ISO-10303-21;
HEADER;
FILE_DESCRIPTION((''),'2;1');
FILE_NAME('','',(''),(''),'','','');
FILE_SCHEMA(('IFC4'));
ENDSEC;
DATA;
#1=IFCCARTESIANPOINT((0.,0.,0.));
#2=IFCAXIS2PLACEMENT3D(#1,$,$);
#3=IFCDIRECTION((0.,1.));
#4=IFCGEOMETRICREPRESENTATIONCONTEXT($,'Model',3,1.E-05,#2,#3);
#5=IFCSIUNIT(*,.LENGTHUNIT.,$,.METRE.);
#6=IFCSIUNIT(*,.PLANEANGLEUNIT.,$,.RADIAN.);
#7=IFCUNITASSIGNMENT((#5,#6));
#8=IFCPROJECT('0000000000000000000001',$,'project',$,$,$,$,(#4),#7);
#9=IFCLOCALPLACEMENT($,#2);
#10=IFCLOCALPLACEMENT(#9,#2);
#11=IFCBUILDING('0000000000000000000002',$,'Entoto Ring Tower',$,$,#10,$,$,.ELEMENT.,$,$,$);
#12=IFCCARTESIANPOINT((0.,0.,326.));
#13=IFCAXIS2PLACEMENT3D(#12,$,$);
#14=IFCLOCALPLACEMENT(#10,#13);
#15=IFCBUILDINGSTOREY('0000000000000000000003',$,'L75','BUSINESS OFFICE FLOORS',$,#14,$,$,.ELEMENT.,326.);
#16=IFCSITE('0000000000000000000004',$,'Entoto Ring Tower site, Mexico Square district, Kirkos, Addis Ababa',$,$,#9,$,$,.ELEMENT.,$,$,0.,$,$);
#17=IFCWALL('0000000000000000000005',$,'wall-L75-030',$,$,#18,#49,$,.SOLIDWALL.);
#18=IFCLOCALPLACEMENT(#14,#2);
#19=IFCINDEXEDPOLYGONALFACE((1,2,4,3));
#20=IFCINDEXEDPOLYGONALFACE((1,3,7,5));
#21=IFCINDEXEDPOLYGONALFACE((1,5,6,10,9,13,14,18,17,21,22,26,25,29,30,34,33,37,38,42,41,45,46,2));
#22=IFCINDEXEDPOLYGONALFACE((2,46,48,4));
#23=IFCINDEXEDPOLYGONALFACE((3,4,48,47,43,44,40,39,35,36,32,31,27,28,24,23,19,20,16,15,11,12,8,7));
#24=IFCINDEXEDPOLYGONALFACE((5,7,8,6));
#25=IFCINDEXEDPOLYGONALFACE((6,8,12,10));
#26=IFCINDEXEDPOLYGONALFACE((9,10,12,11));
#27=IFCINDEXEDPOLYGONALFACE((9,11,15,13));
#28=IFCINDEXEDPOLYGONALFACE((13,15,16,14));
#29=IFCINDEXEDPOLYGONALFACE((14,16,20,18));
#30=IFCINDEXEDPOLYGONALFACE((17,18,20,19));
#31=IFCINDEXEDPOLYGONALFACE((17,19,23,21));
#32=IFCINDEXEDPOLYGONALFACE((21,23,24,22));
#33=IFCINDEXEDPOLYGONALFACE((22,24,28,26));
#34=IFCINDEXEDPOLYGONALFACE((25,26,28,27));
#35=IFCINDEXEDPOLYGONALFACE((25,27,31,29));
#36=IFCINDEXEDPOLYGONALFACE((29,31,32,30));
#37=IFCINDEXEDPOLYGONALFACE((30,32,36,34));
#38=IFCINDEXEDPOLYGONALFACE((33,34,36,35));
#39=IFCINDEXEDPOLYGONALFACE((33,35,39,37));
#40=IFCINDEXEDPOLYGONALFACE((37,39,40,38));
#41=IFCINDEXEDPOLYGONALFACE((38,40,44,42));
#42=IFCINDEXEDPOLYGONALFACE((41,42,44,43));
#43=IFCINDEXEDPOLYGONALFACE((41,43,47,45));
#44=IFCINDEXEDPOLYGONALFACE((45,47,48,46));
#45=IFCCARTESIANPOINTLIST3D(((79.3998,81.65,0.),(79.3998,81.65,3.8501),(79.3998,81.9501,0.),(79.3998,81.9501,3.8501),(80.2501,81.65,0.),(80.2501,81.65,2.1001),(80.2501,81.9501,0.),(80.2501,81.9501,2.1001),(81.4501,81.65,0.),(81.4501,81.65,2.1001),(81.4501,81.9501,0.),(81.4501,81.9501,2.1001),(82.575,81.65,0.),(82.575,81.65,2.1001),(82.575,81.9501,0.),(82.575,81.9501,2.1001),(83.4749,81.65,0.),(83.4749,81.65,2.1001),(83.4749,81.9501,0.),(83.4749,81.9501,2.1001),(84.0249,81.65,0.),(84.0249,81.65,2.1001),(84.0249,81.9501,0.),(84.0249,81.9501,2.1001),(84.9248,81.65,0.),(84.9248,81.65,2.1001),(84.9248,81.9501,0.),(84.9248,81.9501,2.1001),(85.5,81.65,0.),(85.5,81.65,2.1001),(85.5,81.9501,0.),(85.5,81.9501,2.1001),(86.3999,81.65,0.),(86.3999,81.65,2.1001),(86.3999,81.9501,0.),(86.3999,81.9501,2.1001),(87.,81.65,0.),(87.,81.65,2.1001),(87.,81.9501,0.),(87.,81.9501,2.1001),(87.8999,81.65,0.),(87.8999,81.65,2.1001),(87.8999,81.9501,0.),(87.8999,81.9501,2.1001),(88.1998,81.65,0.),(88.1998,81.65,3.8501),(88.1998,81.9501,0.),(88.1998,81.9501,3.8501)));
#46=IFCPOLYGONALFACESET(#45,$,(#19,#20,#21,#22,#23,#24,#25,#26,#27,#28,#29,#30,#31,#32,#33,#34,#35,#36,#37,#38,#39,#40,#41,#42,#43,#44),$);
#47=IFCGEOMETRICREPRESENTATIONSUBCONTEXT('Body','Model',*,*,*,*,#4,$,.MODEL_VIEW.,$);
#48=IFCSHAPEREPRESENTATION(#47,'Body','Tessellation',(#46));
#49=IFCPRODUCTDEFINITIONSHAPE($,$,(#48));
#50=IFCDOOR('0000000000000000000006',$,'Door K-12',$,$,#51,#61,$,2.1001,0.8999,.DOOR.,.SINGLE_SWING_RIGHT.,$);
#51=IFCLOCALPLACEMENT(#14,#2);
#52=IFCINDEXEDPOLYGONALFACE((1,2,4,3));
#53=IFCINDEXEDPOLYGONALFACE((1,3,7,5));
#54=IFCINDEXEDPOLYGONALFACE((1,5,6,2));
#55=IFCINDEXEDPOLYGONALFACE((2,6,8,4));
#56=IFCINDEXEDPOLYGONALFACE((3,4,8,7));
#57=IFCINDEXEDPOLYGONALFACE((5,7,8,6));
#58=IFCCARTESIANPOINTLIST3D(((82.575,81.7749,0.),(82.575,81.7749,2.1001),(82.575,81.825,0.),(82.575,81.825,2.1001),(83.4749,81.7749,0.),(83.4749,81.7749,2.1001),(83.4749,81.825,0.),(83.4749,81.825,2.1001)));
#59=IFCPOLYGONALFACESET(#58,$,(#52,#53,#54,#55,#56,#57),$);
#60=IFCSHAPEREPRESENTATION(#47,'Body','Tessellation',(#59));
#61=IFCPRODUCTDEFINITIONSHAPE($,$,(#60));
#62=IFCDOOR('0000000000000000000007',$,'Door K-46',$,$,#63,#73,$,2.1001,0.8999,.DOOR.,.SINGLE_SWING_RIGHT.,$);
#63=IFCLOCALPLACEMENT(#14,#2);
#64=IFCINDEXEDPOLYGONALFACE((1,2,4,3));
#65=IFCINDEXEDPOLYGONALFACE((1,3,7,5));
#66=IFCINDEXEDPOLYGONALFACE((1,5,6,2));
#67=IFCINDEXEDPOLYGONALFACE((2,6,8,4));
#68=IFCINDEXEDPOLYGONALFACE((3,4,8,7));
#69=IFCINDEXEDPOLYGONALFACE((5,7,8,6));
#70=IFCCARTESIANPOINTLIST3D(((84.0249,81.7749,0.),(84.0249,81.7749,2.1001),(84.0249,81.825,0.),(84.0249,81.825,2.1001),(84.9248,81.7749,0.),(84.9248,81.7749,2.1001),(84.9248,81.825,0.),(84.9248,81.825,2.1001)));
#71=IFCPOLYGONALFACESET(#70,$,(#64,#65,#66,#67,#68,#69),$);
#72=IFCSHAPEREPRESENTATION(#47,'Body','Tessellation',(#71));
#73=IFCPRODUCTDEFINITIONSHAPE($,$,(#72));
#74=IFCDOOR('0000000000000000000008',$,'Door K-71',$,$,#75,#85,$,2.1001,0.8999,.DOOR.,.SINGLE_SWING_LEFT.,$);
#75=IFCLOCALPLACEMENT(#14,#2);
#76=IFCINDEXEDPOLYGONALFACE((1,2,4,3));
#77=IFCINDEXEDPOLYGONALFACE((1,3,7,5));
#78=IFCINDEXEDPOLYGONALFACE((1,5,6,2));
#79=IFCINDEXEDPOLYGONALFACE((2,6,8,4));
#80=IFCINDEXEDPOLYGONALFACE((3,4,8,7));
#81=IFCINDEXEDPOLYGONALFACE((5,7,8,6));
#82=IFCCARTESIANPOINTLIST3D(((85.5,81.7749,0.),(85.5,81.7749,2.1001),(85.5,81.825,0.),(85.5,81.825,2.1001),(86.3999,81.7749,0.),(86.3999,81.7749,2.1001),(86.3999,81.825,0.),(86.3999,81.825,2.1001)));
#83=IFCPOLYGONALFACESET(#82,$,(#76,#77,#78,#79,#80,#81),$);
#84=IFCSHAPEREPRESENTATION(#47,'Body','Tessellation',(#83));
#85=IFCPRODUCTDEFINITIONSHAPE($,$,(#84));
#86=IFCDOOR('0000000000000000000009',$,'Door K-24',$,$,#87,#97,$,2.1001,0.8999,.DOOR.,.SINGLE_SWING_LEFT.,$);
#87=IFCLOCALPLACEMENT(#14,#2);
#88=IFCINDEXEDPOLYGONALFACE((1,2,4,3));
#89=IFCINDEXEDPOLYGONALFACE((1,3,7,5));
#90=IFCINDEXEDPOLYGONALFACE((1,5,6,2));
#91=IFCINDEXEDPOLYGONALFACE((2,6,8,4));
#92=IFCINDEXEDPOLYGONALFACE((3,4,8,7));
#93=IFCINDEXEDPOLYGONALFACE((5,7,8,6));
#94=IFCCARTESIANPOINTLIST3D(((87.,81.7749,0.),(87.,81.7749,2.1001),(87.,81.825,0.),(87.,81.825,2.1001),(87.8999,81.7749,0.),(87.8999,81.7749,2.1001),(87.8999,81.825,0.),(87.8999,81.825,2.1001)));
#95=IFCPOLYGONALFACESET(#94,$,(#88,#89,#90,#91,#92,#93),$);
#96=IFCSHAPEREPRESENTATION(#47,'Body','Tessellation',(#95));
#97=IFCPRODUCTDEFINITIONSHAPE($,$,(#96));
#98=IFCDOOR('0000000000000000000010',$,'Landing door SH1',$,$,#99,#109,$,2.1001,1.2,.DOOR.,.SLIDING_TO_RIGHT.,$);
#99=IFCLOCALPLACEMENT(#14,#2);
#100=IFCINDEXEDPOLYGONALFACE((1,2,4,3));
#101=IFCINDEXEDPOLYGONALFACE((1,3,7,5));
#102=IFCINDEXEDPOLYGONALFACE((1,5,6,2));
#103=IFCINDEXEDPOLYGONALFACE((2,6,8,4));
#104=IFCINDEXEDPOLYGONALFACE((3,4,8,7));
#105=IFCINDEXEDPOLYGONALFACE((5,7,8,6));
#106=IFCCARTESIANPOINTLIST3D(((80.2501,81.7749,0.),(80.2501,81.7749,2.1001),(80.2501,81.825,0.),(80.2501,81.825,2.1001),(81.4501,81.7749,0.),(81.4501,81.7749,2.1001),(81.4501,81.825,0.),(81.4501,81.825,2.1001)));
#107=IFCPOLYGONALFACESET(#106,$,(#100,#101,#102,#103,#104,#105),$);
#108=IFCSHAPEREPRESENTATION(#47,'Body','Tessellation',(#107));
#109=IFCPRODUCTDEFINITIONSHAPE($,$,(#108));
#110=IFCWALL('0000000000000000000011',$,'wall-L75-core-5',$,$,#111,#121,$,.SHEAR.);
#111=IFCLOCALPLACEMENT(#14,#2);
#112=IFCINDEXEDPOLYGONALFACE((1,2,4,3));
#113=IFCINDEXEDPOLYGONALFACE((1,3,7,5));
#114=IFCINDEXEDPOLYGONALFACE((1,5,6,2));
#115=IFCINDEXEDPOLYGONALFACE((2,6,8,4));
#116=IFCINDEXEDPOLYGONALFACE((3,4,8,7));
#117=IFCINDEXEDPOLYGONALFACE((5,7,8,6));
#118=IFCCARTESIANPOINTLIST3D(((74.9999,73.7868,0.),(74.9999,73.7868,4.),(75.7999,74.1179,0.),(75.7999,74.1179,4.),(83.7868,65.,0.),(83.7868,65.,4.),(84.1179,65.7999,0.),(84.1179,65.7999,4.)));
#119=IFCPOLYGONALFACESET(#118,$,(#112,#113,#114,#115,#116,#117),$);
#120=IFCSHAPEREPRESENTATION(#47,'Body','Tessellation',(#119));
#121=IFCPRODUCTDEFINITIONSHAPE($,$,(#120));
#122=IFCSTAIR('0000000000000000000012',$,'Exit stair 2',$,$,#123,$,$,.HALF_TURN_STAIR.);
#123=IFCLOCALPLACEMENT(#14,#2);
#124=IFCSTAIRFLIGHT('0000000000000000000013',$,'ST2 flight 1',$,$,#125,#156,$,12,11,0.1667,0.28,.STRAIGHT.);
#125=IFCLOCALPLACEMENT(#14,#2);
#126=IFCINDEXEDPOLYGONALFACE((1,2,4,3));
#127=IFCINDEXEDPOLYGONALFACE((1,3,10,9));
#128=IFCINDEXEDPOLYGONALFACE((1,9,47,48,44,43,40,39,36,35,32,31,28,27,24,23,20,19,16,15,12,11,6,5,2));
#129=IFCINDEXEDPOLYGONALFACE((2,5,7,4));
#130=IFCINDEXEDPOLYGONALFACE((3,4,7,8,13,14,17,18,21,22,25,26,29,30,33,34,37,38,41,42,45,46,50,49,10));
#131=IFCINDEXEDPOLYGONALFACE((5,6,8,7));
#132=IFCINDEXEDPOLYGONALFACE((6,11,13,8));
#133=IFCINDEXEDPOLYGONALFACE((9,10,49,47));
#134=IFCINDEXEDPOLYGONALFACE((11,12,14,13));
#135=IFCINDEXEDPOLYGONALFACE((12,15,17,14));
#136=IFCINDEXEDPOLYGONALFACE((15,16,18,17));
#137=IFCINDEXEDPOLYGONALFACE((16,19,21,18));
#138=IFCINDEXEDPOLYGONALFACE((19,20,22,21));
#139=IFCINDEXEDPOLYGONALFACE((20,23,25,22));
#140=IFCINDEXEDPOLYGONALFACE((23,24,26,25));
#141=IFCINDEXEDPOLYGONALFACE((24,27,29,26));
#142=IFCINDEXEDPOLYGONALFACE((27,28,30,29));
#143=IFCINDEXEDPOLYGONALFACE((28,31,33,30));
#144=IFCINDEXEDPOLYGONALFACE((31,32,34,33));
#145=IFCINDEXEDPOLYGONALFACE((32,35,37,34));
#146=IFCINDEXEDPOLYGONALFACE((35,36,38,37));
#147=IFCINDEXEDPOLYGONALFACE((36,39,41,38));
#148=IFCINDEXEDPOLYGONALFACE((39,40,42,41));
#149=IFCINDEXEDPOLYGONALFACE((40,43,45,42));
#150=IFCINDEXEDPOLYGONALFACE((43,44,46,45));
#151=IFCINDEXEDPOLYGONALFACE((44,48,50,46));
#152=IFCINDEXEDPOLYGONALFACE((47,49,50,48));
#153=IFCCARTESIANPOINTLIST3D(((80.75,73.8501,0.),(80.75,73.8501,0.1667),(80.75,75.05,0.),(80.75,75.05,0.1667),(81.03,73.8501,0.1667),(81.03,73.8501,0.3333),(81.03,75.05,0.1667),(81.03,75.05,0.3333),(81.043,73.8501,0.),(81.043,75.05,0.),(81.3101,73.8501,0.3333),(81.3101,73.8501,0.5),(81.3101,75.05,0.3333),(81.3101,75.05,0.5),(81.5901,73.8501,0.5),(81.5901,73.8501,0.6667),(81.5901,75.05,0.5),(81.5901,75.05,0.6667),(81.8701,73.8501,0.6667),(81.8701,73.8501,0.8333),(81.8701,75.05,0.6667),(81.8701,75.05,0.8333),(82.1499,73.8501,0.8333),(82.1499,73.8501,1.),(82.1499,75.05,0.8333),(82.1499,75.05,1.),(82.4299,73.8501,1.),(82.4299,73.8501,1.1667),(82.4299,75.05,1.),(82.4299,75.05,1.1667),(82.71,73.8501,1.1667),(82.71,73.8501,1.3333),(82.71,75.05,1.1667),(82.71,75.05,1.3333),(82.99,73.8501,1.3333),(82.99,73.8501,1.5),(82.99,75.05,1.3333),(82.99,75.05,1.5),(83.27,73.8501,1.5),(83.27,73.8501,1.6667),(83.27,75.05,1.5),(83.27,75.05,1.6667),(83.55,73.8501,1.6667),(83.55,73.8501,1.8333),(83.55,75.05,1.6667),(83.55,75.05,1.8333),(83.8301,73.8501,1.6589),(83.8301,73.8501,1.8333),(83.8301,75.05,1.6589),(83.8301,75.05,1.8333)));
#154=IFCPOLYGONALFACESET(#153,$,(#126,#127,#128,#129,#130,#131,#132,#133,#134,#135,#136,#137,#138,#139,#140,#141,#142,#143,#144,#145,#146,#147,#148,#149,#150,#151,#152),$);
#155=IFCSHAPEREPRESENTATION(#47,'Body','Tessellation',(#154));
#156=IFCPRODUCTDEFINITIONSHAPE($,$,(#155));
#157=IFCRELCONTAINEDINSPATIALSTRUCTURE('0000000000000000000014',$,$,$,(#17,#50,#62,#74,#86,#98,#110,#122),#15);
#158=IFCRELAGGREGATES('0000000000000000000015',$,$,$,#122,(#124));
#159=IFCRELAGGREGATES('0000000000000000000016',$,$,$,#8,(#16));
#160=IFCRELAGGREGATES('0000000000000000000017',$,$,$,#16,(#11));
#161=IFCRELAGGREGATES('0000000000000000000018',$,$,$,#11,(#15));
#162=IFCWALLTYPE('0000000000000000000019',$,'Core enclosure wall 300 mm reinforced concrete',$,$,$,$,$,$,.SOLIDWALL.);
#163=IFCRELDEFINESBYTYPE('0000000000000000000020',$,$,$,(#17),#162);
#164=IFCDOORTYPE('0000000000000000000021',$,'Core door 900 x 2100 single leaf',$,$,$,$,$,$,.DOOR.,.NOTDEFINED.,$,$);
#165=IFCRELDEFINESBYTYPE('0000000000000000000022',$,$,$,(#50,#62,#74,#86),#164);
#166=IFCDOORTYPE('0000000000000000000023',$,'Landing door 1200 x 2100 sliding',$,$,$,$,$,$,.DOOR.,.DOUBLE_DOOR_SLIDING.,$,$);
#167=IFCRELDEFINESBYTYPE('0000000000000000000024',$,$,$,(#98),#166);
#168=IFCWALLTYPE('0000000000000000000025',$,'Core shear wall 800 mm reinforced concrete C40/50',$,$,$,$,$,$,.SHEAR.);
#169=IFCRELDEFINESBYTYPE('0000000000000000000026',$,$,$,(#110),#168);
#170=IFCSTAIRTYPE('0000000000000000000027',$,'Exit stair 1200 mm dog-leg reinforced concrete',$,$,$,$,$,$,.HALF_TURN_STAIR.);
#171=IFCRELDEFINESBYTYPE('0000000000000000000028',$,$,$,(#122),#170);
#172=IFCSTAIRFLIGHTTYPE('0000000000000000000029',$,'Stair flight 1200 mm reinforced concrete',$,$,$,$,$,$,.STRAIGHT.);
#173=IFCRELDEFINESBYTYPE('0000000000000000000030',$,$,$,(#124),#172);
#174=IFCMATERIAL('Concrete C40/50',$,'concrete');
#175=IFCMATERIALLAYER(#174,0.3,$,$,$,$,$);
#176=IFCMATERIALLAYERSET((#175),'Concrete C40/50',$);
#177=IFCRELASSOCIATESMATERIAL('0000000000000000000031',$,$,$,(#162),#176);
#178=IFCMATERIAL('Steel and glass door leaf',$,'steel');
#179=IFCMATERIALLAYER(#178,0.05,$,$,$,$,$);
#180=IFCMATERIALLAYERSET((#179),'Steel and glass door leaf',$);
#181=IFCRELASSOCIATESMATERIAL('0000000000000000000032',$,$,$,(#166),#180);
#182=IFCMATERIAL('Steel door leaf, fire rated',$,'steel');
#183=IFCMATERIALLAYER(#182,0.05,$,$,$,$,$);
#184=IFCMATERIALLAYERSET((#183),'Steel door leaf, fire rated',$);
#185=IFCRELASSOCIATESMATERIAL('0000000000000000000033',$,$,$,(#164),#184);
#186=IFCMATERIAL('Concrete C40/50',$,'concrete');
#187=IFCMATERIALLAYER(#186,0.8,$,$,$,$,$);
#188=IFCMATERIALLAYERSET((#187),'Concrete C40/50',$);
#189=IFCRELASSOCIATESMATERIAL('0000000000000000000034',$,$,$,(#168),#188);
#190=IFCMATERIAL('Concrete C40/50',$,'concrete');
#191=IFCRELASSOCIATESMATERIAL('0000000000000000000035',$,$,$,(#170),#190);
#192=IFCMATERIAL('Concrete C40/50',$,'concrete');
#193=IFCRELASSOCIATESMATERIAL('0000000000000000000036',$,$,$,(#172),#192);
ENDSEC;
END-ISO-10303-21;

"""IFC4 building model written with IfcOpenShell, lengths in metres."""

from ifc_helpers import new_model, si_unit, direction, frame, frame_2d, origin, place, context, subcontext, project, spatial, polyline, rectangle, outline, extrude, material, layer, layer_set, type_object, element, fill, aggregate, save


model = new_model("IFC4")

# Units and contexts
model_context = context("Model", 3, precision=1e-05, world=origin(), true_north=direction((0.0, 1.0)))
body_context = subcontext(model_context, "Body", "Model", "MODEL_VIEW")
ifc_project = project(units=[si_unit("LENGTHUNIT", "METRE"), si_unit("PLANEANGLEUNIT", "RADIAN")], contexts=[model_context])

# Site, building, storey
site_placement = place(None, origin())
site = spatial("IfcSite", under=ifc_project, at=site_placement, Name="Entoto Ring Tower site, Mexico Square district, Kirkos, Addis Ababa", CompositionType="ELEMENT", RefElevation=0.0)
building_placement = place(site_placement, origin())
building = spatial("IfcBuilding", under=site, at=building_placement, Name="Entoto Ring Tower", CompositionType="ELEMENT")
storey_placement = place(building_placement, frame((0.0, 0.0, 326.0)))
storey = spatial("IfcBuildingStorey", under=building, at=storey_placement, Name="L75", Description="BUSINESS OFFICE FLOORS", CompositionType="ELEMENT", Elevation=326.0)

# Shared definitions
ifc_material_1 = material(Name="Concrete C40/50", Category="concrete")
ifc_layer_1 = layer(ifc_material_1, 0.3)
ifc_layer_set_1 = layer_set([ifc_layer_1], Name="Concrete C40/50")
wall_type_1 = type_object("IfcWallType", Name="Core enclosure wall 300 mm reinforced concrete", PredefinedType="SOLIDWALL", material=ifc_layer_set_1)
ifc_material_2 = material(Name="Steel and glass door leaf", Category="steel")
ifc_layer_2 = layer(ifc_material_2, 0.05)
ifc_layer_set_2 = layer_set([ifc_layer_2], Name="Steel and glass door leaf")
door_type_1 = type_object("IfcDoorType", Name="Landing door 1200 x 2100 sliding", OperationType="DOUBLE_DOOR_SLIDING", PredefinedType="DOOR", material=ifc_layer_set_2)

# Wall, openings, doors
ifc_material_3 = material(Name="Steel door leaf, fire rated", Category="steel")
ifc_layer_3 = layer(ifc_material_3, 0.05)
ifc_layer_set_3 = layer_set([ifc_layer_3], Name="Steel door leaf, fire rated")
door_type_2 = type_object("IfcDoorType", Name="Core door 900 x 2100 single leaf", OperationType="NOTDEFINED", PredefinedType="DOOR", material=ifc_layer_set_3)
wall_1_placement = place(storey_placement, frame((79.3999, 81.8, 0.0), z_axis=(0.0, 0.0, 1.0), x_axis=(1.0, 0.0, 0.0)))
wall_1 = element("IfcWall", 1, at=wall_1_placement, inside=storey, type_object=wall_type_1, Name="wall-L75-030", PredefinedType="SOLIDWALL", context=body_context, shape_type="SweptSolid", body=[
    extrude(rectangle(XDim=8.8, YDim=0.3, at=frame_2d((4.3999, 0.0))), origin(), (0.0, 0.0, 1.0), 3.8501),
])
opening_1_placement = place(wall_1_placement, frame((0.8501, 0.0, 0.0)))
opening_1 = element("IfcOpeningElement", 2, at=opening_1_placement, cuts=wall_1, PredefinedType="OPENING", context=body_context, shape_type="SweptSolid", body=[
    extrude(rectangle(XDim=1.2, YDim=2.1001, at=frame_2d((0.6001, 1.05))), frame((0.0, 0.1602, 0.0), z_axis=(0.0, -1.0, 0.0), x_axis=(1.0, 0.0, 0.0)), (0.0, 0.0, 1.0), 0.3201),
])
opening_2_placement = place(wall_1_placement, frame((3.175, 0.0, 0.0)))
opening_2 = element("IfcOpeningElement", 3, at=opening_2_placement, cuts=wall_1, PredefinedType="OPENING", context=body_context, shape_type="SweptSolid", body=[
    extrude(rectangle(XDim=0.8999, YDim=2.1001, at=frame_2d((0.45, 1.05))), frame((0.0, 0.1602, 0.0), z_axis=(0.0, -1.0, 0.0), x_axis=(1.0, 0.0, 0.0)), (0.0, 0.0, 1.0), 0.3201),
])
opening_3_placement = place(wall_1_placement, frame((4.625, 0.0, 0.0)))
opening_3 = element("IfcOpeningElement", 4, at=opening_3_placement, cuts=wall_1, PredefinedType="OPENING", context=body_context, shape_type="SweptSolid", body=[
    extrude(rectangle(XDim=0.8999, YDim=2.1001, at=frame_2d((0.45, 1.05))), frame((0.0, 0.1602, 0.0), z_axis=(0.0, -1.0, 0.0), x_axis=(1.0, 0.0, 0.0)), (0.0, 0.0, 1.0), 0.3201),
])
opening_4_placement = place(wall_1_placement, frame((6.1001, 0.0, 0.0)))
opening_4 = element("IfcOpeningElement", 5, at=opening_4_placement, cuts=wall_1, PredefinedType="OPENING", context=body_context, shape_type="SweptSolid", body=[
    extrude(rectangle(XDim=0.8999, YDim=2.1001, at=frame_2d((0.45, 1.05))), frame((0.0, 0.1602, 0.0), z_axis=(0.0, -1.0, 0.0), x_axis=(1.0, 0.0, 0.0)), (0.0, 0.0, 1.0), 0.3201),
])
opening_5_placement = place(wall_1_placement, frame((7.6001, 0.0, 0.0)))
opening_5 = element("IfcOpeningElement", 6, at=opening_5_placement, cuts=wall_1, PredefinedType="OPENING", context=body_context, shape_type="SweptSolid", body=[
    extrude(rectangle(XDim=0.8999, YDim=2.1001, at=frame_2d((0.45, 1.05))), frame((0.0, 0.1602, 0.0), z_axis=(0.0, -1.0, 0.0), x_axis=(1.0, 0.0, 0.0)), (0.0, 0.0, 1.0), 0.3201),
])
door_1_placement = place(opening_2_placement, origin())
door_1 = element("IfcDoor", 7, at=door_1_placement, inside=storey, type_object=door_type_2, Name="Door K-12", OperationType="SINGLE_SWING_RIGHT", OverallHeight=2.1001, OverallWidth=0.8999, PredefinedType="DOOR", context=body_context, shape_type="SweptSolid", body=[
    extrude(rectangle(XDim=0.8999, YDim=2.1001, at=frame_2d((0.45, 1.05))), frame((0.0, 0.0249, 0.0), z_axis=(0.0, -1.0, 0.0), x_axis=(1.0, 0.0, 0.0)), (0.0, 0.0, 1.0), 0.05),
])
fill(opening_2, door_1)
door_2_placement = place(opening_3_placement, origin())
door_2 = element("IfcDoor", 8, at=door_2_placement, inside=storey, type_object=door_type_2, Name="Door K-46", OperationType="SINGLE_SWING_RIGHT", OverallHeight=2.1001, OverallWidth=0.8999, PredefinedType="DOOR", context=body_context, shape_type="SweptSolid", body=[
    extrude(rectangle(XDim=0.8999, YDim=2.1001, at=frame_2d((0.45, 1.05))), frame((0.0, 0.0249, 0.0), z_axis=(0.0, -1.0, 0.0), x_axis=(1.0, 0.0, 0.0)), (0.0, 0.0, 1.0), 0.05),
])
fill(opening_3, door_2)
door_3_placement = place(opening_4_placement, origin())
door_3 = element("IfcDoor", 9, at=door_3_placement, inside=storey, type_object=door_type_2, Name="Door K-71", OperationType="SINGLE_SWING_LEFT", OverallHeight=2.1001, OverallWidth=0.8999, PredefinedType="DOOR", context=body_context, shape_type="SweptSolid", body=[
    extrude(rectangle(XDim=0.8999, YDim=2.1001, at=frame_2d((0.45, 1.05))), frame((0.0, 0.0249, 0.0), z_axis=(0.0, -1.0, 0.0), x_axis=(1.0, 0.0, 0.0)), (0.0, 0.0, 1.0), 0.05),
])
fill(opening_4, door_3)
door_4_placement = place(opening_5_placement, origin())
door_4 = element("IfcDoor", 10, at=door_4_placement, inside=storey, type_object=door_type_2, Name="Door K-24", OperationType="SINGLE_SWING_LEFT", OverallHeight=2.1001, OverallWidth=0.8999, PredefinedType="DOOR", context=body_context, shape_type="SweptSolid", body=[
    extrude(rectangle(XDim=0.8999, YDim=2.1001, at=frame_2d((0.45, 1.05))), frame((0.0, 0.0249, 0.0), z_axis=(0.0, -1.0, 0.0), x_axis=(1.0, 0.0, 0.0)), (0.0, 0.0, 1.0), 0.05),
])
fill(opening_5, door_4)
door_5_placement = place(opening_1_placement, origin())
door_5 = element("IfcDoor", 11, at=door_5_placement, inside=storey, type_object=door_type_1, Name="Landing door SH1", OperationType="SLIDING_TO_RIGHT", OverallHeight=2.1001, OverallWidth=1.2, PredefinedType="DOOR", context=body_context, shape_type="SweptSolid", body=[
    extrude(rectangle(XDim=1.2, YDim=2.1001, at=frame_2d((0.6001, 1.05))), frame((0.0, 0.0249, 0.0), z_axis=(0.0, -1.0, 0.0), x_axis=(1.0, 0.0, 0.0)), (0.0, 0.0, 1.0), 0.05),
])
fill(opening_1, door_5)

# Wall
ifc_material_4 = material(Name="Concrete C40/50", Category="concrete")
ifc_layer_4 = layer(ifc_material_4, 0.8)
ifc_layer_set_4 = layer_set([ifc_layer_4], Name="Concrete C40/50")
wall_type_2 = type_object("IfcWallType", Name="Core shear wall 800 mm reinforced concrete C40/50", PredefinedType="SHEAR", material=ifc_layer_set_4)
wall_2_placement = place(storey_placement, frame((75.3999, 73.9524, 0.0), z_axis=(0.0, 0.0, 1.0), x_axis=(0.707107, -0.707107, 0.0)))
element("IfcWall", 12, at=wall_2_placement, inside=storey, type_object=wall_type_2, Name="wall-L75-core-5", PredefinedType="SHEAR", context=body_context, shape_type="SweptSolid", body=[
    extrude(outline(polyline([(-0.1658, -0.3999), (12.2607, -0.3999), (11.9292, 0.3999), (0.1658, 0.3999), (-0.1658, -0.3999)])), origin(), (0.0, 0.0, 1.0), 4.0),
])

# Stair, stair flight
ifc_material_5 = material(Name="Concrete C40/50", Category="concrete")
stair_type = type_object("IfcStairType", Name="Exit stair 1200 mm dog-leg reinforced concrete", PredefinedType="HALF_TURN_STAIR", material=ifc_material_5)
stair_placement = place(storey_placement, origin())
stair = element("IfcStair", 13, at=stair_placement, inside=storey, type_object=stair_type, Name="Exit stair 2", PredefinedType="HALF_TURN_STAIR")
ifc_material_6 = material(Name="Concrete C40/50", Category="concrete")
stair_flight_type = type_object("IfcStairFlightType", Name="Stair flight 1200 mm reinforced concrete", PredefinedType="STRAIGHT", material=ifc_material_6)
stair_flight_1_placement = place(storey_placement, frame((80.75, 74.45, 0.0), z_axis=(0.0, 0.0, 1.0), x_axis=(1.0, 0.0, 0.0)))
stair_flight_1 = element("IfcStairFlight", 14, at=stair_flight_1_placement, type_object=stair_flight_type, Name="ST2 flight 1", NumberOfRisers=12, NumberOfTreads=11, PredefinedType="STRAIGHT", RiserHeight=0.1667, TreadLength=0.28, context=body_context, shape_type="SweptSolid", body=[
    extrude(outline(polyline([(0.0, 0.0), (0.0, 0.1667), (0.28, 0.1667), (0.28, 0.3333), (0.5601, 0.3333), (0.5601, 0.5), (0.8401, 0.5), (0.8401, 0.6667), (1.1201, 0.6667), (1.1201, 0.8333), (1.3999, 0.8333), (1.3999, 1.0), (1.6799, 1.0), (1.6799, 1.1667), (1.96, 1.1667), (1.96, 1.3333), (2.24, 1.3333), (2.24, 1.5), (2.52, 1.5), (2.52, 1.6667), (2.8, 1.6667), (2.8, 1.8333), (3.0801, 1.8333), (3.0801, 2.0), (3.0801, 1.6589), (0.293, 0.0), (0.0, 0.0)])), frame((0.0, 0.6001, 0.0), z_axis=(0.0, -1.0, 0.0), x_axis=(1.0, 0.0, 0.0)), (0.0, 0.0, 1.0), 1.2),
])
aggregate(stair, [stair_flight_1])

save(model, "model.ifc")
